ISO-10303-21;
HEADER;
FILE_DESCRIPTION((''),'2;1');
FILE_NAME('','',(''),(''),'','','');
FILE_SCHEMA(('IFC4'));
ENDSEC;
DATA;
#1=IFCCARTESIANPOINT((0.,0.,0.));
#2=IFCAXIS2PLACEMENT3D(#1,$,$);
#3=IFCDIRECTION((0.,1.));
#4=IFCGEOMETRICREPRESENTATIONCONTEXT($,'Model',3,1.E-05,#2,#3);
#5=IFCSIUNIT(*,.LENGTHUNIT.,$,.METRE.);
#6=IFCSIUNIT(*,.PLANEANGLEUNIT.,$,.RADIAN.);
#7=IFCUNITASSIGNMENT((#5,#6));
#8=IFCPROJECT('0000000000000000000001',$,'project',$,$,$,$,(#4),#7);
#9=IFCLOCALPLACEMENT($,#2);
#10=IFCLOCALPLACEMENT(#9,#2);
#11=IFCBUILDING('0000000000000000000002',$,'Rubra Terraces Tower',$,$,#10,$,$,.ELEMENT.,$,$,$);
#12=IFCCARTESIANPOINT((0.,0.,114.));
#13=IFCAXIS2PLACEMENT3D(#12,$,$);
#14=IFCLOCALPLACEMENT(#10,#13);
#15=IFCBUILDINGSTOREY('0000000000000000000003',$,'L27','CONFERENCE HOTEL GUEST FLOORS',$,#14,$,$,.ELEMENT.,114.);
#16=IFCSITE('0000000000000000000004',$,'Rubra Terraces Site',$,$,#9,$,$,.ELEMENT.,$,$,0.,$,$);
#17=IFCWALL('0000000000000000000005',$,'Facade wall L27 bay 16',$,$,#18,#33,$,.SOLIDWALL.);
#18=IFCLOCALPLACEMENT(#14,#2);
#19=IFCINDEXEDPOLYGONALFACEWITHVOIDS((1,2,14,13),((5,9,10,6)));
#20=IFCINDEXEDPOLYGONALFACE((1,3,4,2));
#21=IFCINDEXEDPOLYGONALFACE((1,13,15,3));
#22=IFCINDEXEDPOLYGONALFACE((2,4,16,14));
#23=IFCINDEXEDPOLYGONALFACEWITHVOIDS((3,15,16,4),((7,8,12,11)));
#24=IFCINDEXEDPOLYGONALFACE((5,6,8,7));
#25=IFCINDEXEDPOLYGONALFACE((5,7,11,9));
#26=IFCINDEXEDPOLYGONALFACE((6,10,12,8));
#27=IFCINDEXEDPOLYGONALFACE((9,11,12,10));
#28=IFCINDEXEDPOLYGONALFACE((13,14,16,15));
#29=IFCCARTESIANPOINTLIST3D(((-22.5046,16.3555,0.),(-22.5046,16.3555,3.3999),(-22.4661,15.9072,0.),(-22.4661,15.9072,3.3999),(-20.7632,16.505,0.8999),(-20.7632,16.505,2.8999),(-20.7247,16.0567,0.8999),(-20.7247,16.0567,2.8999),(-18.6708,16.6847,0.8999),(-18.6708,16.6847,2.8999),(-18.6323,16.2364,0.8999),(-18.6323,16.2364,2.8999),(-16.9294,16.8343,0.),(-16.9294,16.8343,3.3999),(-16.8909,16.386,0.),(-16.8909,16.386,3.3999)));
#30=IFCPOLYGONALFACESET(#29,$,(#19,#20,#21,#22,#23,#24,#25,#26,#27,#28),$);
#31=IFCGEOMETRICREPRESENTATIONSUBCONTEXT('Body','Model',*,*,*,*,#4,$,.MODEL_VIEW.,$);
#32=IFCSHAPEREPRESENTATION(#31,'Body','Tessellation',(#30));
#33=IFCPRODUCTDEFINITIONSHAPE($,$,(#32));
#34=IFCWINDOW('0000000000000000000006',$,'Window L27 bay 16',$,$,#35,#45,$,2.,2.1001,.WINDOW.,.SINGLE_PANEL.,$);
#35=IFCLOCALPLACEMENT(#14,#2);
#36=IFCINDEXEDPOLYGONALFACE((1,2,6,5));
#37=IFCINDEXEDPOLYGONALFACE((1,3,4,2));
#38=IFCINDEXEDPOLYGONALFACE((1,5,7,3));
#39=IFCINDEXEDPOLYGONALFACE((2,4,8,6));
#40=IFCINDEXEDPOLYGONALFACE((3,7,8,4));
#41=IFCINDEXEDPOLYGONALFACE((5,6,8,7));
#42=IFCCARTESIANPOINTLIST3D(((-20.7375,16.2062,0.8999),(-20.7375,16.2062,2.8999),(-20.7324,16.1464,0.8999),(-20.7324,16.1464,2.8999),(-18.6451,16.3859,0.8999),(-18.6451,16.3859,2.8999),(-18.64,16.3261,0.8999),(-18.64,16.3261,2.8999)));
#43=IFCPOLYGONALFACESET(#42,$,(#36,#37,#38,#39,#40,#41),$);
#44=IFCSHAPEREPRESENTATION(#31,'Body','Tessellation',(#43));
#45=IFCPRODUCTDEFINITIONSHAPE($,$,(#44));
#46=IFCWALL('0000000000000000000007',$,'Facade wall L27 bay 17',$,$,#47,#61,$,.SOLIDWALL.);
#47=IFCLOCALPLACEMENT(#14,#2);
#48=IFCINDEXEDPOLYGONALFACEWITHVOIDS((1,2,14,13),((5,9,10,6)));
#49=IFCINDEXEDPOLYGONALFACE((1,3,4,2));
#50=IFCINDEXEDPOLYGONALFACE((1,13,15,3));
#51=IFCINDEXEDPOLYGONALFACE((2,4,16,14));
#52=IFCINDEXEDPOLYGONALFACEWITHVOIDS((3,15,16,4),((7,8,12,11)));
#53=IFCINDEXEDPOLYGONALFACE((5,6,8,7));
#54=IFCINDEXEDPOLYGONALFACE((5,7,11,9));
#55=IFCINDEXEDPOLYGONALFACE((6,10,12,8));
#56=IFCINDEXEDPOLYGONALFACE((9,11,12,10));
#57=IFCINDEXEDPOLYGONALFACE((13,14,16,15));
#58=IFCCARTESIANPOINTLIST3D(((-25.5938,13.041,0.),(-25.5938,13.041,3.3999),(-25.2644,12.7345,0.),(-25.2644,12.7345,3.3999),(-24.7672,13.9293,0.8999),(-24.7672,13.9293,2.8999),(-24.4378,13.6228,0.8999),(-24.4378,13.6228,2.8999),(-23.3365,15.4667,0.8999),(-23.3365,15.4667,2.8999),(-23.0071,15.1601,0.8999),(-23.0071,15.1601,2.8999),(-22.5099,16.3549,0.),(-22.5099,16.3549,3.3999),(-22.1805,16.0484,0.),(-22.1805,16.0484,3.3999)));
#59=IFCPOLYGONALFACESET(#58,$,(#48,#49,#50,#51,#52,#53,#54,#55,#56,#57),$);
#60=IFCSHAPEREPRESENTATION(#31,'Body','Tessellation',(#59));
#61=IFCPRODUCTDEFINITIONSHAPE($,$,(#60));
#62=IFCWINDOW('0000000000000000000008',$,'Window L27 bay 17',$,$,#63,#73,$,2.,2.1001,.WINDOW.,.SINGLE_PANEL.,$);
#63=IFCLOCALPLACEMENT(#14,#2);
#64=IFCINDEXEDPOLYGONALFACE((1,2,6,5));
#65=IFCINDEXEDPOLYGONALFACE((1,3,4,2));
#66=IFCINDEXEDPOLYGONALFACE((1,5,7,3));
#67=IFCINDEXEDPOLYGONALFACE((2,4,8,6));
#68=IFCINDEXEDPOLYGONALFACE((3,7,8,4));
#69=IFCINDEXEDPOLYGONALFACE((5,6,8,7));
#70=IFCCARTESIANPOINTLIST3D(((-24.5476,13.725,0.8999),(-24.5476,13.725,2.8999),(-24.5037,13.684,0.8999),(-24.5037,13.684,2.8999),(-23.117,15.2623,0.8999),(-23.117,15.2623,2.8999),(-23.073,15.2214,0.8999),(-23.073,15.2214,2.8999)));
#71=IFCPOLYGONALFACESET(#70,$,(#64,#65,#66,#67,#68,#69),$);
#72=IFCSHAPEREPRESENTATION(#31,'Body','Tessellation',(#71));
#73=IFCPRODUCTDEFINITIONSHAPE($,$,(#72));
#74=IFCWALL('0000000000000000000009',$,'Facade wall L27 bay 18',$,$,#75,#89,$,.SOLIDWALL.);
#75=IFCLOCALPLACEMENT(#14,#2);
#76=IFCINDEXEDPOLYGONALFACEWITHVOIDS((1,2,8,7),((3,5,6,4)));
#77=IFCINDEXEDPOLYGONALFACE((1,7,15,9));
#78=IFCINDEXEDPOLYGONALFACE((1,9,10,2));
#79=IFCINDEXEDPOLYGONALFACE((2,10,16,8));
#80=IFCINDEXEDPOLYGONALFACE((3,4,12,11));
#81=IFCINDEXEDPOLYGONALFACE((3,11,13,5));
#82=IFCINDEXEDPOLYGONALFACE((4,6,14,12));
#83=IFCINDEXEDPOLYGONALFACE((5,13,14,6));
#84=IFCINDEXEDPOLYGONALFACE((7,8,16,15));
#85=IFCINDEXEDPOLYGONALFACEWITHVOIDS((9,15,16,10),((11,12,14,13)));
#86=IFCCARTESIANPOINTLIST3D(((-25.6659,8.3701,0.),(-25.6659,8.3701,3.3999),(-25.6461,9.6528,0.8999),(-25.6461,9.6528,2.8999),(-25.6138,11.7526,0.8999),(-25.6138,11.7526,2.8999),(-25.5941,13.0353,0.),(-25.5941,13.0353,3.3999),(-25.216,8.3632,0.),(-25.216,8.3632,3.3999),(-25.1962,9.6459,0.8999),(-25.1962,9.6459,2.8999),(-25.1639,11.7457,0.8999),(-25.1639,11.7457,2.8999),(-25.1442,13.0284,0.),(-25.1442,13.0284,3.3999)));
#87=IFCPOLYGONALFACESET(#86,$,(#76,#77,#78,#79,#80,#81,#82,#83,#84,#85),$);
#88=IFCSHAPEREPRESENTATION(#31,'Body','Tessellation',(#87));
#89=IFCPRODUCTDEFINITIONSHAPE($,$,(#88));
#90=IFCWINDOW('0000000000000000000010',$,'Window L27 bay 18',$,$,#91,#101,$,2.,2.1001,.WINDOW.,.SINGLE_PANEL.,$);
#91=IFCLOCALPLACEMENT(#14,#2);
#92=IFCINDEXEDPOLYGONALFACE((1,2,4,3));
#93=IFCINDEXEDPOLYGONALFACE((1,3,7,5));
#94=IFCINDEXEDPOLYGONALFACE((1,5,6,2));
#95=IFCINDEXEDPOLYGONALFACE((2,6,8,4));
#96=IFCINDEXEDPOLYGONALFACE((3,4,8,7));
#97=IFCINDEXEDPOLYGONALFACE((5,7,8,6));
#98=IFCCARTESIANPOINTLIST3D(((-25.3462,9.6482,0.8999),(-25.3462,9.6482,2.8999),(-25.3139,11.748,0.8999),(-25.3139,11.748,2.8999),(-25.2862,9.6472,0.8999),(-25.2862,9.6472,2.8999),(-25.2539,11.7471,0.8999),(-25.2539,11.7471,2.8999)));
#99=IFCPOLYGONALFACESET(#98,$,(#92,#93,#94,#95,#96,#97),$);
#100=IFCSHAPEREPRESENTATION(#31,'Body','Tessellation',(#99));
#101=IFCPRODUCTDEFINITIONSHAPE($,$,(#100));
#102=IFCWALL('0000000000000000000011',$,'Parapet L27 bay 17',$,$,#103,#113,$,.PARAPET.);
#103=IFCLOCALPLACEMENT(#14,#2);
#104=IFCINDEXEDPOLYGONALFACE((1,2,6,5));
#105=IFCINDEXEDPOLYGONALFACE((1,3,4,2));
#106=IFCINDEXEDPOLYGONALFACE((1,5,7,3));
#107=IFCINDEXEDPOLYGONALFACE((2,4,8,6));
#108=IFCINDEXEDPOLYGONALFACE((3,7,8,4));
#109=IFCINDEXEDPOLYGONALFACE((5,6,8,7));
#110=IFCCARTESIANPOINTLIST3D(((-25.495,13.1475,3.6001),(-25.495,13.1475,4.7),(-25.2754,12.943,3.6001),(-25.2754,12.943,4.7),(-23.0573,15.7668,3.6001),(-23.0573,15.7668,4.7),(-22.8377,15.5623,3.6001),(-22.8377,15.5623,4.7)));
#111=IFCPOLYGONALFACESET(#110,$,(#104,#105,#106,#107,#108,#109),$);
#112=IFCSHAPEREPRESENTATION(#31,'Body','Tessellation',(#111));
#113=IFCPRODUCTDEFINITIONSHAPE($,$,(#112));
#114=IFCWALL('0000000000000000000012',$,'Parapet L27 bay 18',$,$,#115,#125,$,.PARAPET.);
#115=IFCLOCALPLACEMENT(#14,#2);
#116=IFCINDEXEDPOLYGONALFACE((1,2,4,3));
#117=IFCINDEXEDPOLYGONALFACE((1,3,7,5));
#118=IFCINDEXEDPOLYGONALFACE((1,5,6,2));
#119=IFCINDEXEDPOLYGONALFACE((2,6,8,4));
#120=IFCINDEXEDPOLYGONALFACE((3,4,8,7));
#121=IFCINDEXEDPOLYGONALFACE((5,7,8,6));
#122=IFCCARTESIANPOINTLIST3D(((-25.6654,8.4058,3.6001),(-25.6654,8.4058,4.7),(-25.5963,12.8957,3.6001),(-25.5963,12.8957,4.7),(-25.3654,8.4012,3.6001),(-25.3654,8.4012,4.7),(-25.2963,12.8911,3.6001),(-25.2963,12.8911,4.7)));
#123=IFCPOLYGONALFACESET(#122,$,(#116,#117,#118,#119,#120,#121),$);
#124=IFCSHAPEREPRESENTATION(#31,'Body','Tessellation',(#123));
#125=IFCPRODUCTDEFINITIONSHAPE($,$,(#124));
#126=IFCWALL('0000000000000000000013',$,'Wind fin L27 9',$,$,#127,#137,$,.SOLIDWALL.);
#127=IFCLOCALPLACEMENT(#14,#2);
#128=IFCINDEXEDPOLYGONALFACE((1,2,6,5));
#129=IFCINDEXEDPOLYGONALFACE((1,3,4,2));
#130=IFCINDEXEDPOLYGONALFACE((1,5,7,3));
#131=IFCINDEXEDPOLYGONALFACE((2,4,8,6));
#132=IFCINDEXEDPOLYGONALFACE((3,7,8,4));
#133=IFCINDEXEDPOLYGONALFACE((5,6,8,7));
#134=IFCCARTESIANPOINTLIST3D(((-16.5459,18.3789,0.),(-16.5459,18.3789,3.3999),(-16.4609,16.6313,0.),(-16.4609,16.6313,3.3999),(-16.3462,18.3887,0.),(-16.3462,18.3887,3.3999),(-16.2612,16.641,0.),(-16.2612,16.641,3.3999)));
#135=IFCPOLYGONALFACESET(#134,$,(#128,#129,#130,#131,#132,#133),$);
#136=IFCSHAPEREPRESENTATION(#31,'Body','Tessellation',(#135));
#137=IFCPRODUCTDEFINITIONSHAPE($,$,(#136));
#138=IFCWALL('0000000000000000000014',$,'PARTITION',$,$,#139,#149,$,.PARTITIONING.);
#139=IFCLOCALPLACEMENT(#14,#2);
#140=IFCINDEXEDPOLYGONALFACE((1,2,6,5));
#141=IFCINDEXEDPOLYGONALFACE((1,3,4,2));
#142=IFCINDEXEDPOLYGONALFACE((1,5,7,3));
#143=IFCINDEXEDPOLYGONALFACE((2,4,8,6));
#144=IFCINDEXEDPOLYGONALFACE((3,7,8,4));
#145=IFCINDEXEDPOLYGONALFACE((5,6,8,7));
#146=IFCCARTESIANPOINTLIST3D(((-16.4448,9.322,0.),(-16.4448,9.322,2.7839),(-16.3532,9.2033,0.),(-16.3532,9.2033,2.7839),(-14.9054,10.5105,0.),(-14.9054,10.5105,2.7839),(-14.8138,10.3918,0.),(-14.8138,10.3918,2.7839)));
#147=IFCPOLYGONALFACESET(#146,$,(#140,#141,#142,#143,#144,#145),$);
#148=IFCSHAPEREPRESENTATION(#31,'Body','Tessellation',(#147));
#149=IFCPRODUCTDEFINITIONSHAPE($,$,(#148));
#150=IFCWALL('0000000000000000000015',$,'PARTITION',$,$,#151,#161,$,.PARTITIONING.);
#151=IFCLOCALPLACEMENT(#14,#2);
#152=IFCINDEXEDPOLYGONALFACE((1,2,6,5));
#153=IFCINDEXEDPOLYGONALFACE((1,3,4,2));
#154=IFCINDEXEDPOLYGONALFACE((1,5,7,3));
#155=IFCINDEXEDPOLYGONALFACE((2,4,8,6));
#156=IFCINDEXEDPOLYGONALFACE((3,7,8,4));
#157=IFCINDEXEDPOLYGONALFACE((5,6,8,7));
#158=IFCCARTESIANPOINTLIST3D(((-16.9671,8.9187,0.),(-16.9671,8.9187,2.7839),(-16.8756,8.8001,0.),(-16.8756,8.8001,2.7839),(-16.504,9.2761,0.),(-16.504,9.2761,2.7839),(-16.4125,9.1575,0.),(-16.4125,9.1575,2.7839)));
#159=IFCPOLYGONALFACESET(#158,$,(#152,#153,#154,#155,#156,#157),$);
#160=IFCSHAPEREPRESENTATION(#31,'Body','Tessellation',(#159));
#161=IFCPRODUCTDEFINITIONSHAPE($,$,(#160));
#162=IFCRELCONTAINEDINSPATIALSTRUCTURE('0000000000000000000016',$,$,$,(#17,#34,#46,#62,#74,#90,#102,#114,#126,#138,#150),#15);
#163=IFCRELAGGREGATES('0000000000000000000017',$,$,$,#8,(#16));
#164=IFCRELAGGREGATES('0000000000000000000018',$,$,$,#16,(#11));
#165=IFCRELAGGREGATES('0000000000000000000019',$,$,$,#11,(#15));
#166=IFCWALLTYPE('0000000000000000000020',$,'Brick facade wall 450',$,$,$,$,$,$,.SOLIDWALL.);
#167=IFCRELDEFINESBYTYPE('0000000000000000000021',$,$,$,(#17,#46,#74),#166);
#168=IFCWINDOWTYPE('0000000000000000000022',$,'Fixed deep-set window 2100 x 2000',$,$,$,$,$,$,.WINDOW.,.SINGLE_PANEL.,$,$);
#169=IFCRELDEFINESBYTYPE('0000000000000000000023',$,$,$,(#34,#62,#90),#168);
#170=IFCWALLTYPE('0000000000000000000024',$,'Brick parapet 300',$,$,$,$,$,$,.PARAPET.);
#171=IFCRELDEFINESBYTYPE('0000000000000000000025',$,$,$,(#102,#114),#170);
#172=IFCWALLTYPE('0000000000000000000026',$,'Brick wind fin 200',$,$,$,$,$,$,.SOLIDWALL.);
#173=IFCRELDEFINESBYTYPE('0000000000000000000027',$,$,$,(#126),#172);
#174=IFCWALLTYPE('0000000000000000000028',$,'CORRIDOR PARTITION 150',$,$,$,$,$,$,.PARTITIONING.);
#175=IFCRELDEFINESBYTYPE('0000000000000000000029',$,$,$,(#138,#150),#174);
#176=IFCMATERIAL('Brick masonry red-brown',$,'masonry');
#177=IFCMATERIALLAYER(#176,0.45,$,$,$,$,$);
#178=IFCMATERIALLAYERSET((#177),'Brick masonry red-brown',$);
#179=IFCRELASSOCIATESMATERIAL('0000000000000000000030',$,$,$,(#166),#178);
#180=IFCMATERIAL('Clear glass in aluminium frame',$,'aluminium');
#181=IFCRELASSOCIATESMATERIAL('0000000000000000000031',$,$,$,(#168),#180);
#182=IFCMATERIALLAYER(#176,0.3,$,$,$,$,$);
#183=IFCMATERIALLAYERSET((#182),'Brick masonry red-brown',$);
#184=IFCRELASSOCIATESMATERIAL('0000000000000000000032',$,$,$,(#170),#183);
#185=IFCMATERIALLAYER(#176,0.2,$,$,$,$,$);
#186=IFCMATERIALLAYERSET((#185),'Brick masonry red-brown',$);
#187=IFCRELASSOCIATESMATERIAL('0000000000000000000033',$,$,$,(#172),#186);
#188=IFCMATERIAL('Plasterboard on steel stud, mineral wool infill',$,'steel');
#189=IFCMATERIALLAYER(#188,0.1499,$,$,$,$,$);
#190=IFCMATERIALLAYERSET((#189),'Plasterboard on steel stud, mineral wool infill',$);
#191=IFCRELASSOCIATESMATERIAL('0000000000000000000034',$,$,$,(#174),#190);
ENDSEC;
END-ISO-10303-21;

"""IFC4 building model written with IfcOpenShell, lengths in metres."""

from ifc_helpers import new_model, si_unit, direction, frame, frame_2d, origin, place, context, subcontext, project, spatial, rectangle, extrude, material, layer, layer_set, type_object, element, fill, save


model = new_model("IFC4")

# Units and contexts
model_context = context("Model", 3, precision=1e-05, world=origin(), true_north=direction((0.0, 1.0)))
body_context = subcontext(model_context, "Body", "Model", "MODEL_VIEW")
ifc_project = project(units=[si_unit("LENGTHUNIT", "METRE"), si_unit("PLANEANGLEUNIT", "RADIAN")], contexts=[model_context])

# Site, building, storey
site_placement = place(None, origin())
site = spatial("IfcSite", under=ifc_project, at=site_placement, Name="Rubra Terraces Site", CompositionType="ELEMENT", RefElevation=0.0)
building_placement = place(site_placement, origin())
building = spatial("IfcBuilding", under=site, at=building_placement, Name="Rubra Terraces Tower", CompositionType="ELEMENT")
storey_placement = place(building_placement, frame((0.0, 0.0, 114.0)))
storey = spatial("IfcBuildingStorey", under=building, at=storey_placement, Name="L27", Description="CONFERENCE HOTEL GUEST FLOORS", CompositionType="ELEMENT", Elevation=114.0)

# Walls, openings, windows
ifc_material_1 = material(Name="Brick masonry red-brown", Category="masonry")
ifc_layer_1 = layer(ifc_material_1, 0.45)
ifc_layer_set_1 = layer_set([ifc_layer_1], Name="Brick masonry red-brown")
wall_type_1 = type_object("IfcWallType", Name="Brick facade wall 450", PredefinedType="SOLIDWALL", material=ifc_layer_set_1)
wall_1_placement = place(storey_placement, frame((-16.9102, 16.6101, 0.0), z_axis=(0.0, 0.0, 1.0), x_axis=(-0.996333, -0.085558, 0.0)))
wall_1 = element("IfcWall", 1, at=wall_1_placement, inside=storey, type_object=wall_type_1, Name="Facade wall L27 bay 16", PredefinedType="SOLIDWALL", context=body_context, shape_type="SweptSolid", body=[
    extrude(rectangle(XDim=5.5957, YDim=0.45, at=frame_2d((2.7979, 0.0))), origin(), (0.0, 0.0, 1.0), 3.3999),
])
opening_1_placement = place(wall_1_placement, frame((1.7478, 0.0, 0.8999)))
opening_1 = element("IfcOpeningElement", 2, at=opening_1_placement, cuts=wall_1, PredefinedType="OPENING", context=body_context, shape_type="SweptSolid", body=[
    extrude(rectangle(XDim=2.1001, YDim=2.0, at=frame_2d((1.05, 1.0))), frame((0.0, 0.2349, 0.0), z_axis=(0.0, -1.0, 0.0), x_axis=(1.0, 0.0, 0.0)), (0.0, 0.0, 1.0), 0.47),
])
ifc_material_2 = material(Name="Clear glass in aluminium frame", Category="aluminium")
window_type = type_object("IfcWindowType", Name="Fixed deep-set window 2100 x 2000", PartitioningType="SINGLE_PANEL", PredefinedType="WINDOW", material=ifc_material_2)
window_1_placement = place(opening_1_placement, origin())
window_1 = element("IfcWindow", 3, at=window_1_placement, inside=storey, type_object=window_type, Name="Window L27 bay 16", OverallHeight=2.0, OverallWidth=2.1001, PartitioningType="SINGLE_PANEL", PredefinedType="WINDOW", context=body_context, shape_type="SweptSolid", body=[
    extrude(rectangle(XDim=2.1001, YDim=2.0, at=frame_2d((1.05, 1.0))), frame((0.0, 0.135, 0.0), z_axis=(0.0, -1.0, 0.0), x_axis=(1.0, 0.0, 0.0)), (0.0, 0.0, 1.0), 0.0601),
])
fill(opening_1, window_1)
wall_2_placement = place(storey_placement, frame((-22.3452, 16.2017, 0.0), z_axis=(0.0, 0.0, 1.0), x_axis=(-0.681249, -0.732052, 0.0)))
wall_2 = element("IfcWall", 4, at=wall_2_placement, inside=storey, type_object=wall_type_1, Name="Facade wall L27 bay 17", PredefinedType="SOLIDWALL", context=body_context, shape_type="SweptSolid", body=[
    extrude(rectangle(XDim=4.5269, YDim=0.45, at=frame_2d((2.2634, 0.0))), origin(), (0.0, 0.0, 1.0), 3.3999),
])
opening_2_placement = place(wall_2_placement, frame((1.2134, 0.0, 0.8999)))
opening_2 = element("IfcOpeningElement", 5, at=opening_2_placement, cuts=wall_2, PredefinedType="OPENING", context=body_context, shape_type="SweptSolid", body=[
    extrude(rectangle(XDim=2.1001, YDim=2.0, at=frame_2d((1.05, 1.0))), frame((0.0, 0.2349, 0.0), z_axis=(0.0, -1.0, 0.0), x_axis=(1.0, 0.0, 0.0)), (0.0, 0.0, 1.0), 0.47),
])
window_2_placement = place(opening_2_placement, origin())
window_2 = element("IfcWindow", 6, at=window_2_placement, inside=storey, type_object=window_type, Name="Window L27 bay 17", OverallHeight=2.0, OverallWidth=2.1001, PartitioningType="SINGLE_PANEL", PredefinedType="WINDOW", context=body_context, shape_type="SweptSolid", body=[
    extrude(rectangle(XDim=2.1001, YDim=2.0, at=frame_2d((1.05, 1.0))), frame((0.0, 0.135, 0.0), z_axis=(0.0, -1.0, 0.0), x_axis=(1.0, 0.0, 0.0)), (0.0, 0.0, 1.0), 0.0601),
])
fill(opening_2, window_2)
wall_3_placement = place(storey_placement, frame((-25.3691, 13.032, 0.0), z_axis=(0.0, 0.0, 1.0), x_axis=(-0.015384, -0.999882, 0.0)))
wall_3 = element("IfcWall", 7, at=wall_3_placement, inside=storey, type_object=wall_type_1, Name="Facade wall L27 bay 18", PredefinedType="SOLIDWALL", context=body_context, shape_type="SweptSolid", body=[
    extrude(rectangle(XDim=4.6658, YDim=0.45, at=frame_2d((2.333, 0.0))), origin(), (0.0, 0.0, 1.0), 3.3999),
])
opening_3_placement = place(wall_3_placement, frame((1.283, 0.0, 0.8999)))
opening_3 = element("IfcOpeningElement", 8, at=opening_3_placement, cuts=wall_3, PredefinedType="OPENING", context=body_context, shape_type="SweptSolid", body=[
    extrude(rectangle(XDim=2.1001, YDim=2.0, at=frame_2d((1.05, 1.0))), frame((0.0, 0.2349, 0.0), z_axis=(0.0, -1.0, 0.0), x_axis=(1.0, 0.0, 0.0)), (0.0, 0.0, 1.0), 0.47),
])
window_3_placement = place(opening_3_placement, origin())
window_3 = element("IfcWindow", 9, at=window_3_placement, inside=storey, type_object=window_type, Name="Window L27 bay 18", OverallHeight=2.0, OverallWidth=2.1001, PartitioningType="SINGLE_PANEL", PredefinedType="WINDOW", context=body_context, shape_type="SweptSolid", body=[
    extrude(rectangle(XDim=2.1001, YDim=2.0, at=frame_2d((1.05, 1.0))), frame((0.0, 0.135, 0.0), z_axis=(0.0, -1.0, 0.0), x_axis=(1.0, 0.0, 0.0)), (0.0, 0.0, 1.0), 0.0601),
])
fill(opening_3, window_3)

# Walls
ifc_layer_2 = layer(ifc_material_1, 0.3)
ifc_layer_set_2 = layer_set([ifc_layer_2], Name="Brick masonry red-brown")
wall_type_2 = type_object("IfcWallType", Name="Brick parapet 300", PredefinedType="PARAPET", material=ifc_layer_set_2)
wall_4_placement = place(storey_placement, frame((-22.9475, 15.6646, 3.6001), z_axis=(0.0, 0.0, 1.0), x_axis=(-0.68127, -0.732032, 0.0)))
element("IfcWall", 10, at=wall_4_placement, inside=storey, type_object=wall_type_2, Name="Parapet L27 bay 17", PredefinedType="PARAPET", context=body_context, shape_type="SweptSolid", body=[
    extrude(rectangle(XDim=3.5781, YDim=0.3, at=frame_2d((1.7891, 0.0))), origin(), (0.0, 0.0, 1.0), 1.0999),
])
wall_5_placement = place(storey_placement, frame((-25.4463, 12.8933, 3.6001), z_axis=(0.0, 0.0, 1.0), x_axis=(-0.015386, -0.999882, 0.0)))
element("IfcWall", 11, at=wall_5_placement, inside=storey, type_object=wall_type_2, Name="Parapet L27 bay 18", PredefinedType="PARAPET", context=body_context, shape_type="SweptSolid", body=[
    extrude(rectangle(XDim=4.4905, YDim=0.3, at=frame_2d((2.2451, 0.0))), origin(), (0.0, 0.0, 1.0), 1.0999),
])
ifc_layer_3 = layer(ifc_material_1, 0.2)
ifc_layer_set_3 = layer_set([ifc_layer_3], Name="Brick masonry red-brown")
wall_type_3 = type_object("IfcWallType", Name="Brick wind fin 200", PredefinedType="SOLIDWALL", material=ifc_layer_set_3)
wall_6_placement = place(storey_placement, frame((-16.3611, 16.636, 0.0), z_axis=(0.0, 0.0, 1.0), x_axis=(-0.048553, 0.998821, 0.0)))
element("IfcWall", 12, at=wall_6_placement, inside=storey, type_object=wall_type_3, Name="Wind fin L27 9", PredefinedType="SOLIDWALL", context=body_context, shape_type="SweptSolid", body=[
    extrude(rectangle(XDim=1.7498, YDim=0.2, at=frame_2d((0.875, 0.0))), origin(), (0.0, 0.0, 1.0), 3.3999),
])
ifc_material_3 = material(Name="Plasterboard on steel stud, mineral wool infill", Category="steel")
ifc_layer_4 = layer(ifc_material_3, 0.1499)
ifc_layer_set_4 = layer_set([ifc_layer_4], Name="Plasterboard on steel stud, mineral wool infill")
wall_type_4 = type_object("IfcWallType", Name="CORRIDOR PARTITION 150", PredefinedType="PARTITIONING", material=ifc_layer_set_4)
wall_7_placement = place(storey_placement, frame((-14.8596, 10.4512, 0.0), z_axis=(0.0, 0.0, 1.0), x_axis=(-0.791531, -0.611129, 0.0)))
element("IfcWall", 13, at=wall_7_placement, inside=storey, type_object=wall_type_4, Name="PARTITION", PredefinedType="PARTITIONING", context=body_context, shape_type="SweptSolid", body=[
    extrude(rectangle(XDim=1.9448, YDim=0.1499, at=frame_2d((0.9724, 0.0))), origin(), (0.0, 0.0, 1.0), 2.7839),
])
wall_8_placement = place(storey_placement, frame((-16.4583, 9.2168, 0.0), z_axis=(0.0, 0.0, 1.0), x_axis=(-0.791661, -0.61096, 0.0)))
element("IfcWall", 14, at=wall_8_placement, inside=storey, type_object=wall_type_4, Name="PARTITION", PredefinedType="PARTITIONING", context=body_context, shape_type="SweptSolid", body=[
    extrude(rectangle(XDim=0.585, YDim=0.1499, at=frame_2d((0.2925, 0.0))), origin(), (0.0, 0.0, 1.0), 2.7839),
])

save(model, "model.ifc")
